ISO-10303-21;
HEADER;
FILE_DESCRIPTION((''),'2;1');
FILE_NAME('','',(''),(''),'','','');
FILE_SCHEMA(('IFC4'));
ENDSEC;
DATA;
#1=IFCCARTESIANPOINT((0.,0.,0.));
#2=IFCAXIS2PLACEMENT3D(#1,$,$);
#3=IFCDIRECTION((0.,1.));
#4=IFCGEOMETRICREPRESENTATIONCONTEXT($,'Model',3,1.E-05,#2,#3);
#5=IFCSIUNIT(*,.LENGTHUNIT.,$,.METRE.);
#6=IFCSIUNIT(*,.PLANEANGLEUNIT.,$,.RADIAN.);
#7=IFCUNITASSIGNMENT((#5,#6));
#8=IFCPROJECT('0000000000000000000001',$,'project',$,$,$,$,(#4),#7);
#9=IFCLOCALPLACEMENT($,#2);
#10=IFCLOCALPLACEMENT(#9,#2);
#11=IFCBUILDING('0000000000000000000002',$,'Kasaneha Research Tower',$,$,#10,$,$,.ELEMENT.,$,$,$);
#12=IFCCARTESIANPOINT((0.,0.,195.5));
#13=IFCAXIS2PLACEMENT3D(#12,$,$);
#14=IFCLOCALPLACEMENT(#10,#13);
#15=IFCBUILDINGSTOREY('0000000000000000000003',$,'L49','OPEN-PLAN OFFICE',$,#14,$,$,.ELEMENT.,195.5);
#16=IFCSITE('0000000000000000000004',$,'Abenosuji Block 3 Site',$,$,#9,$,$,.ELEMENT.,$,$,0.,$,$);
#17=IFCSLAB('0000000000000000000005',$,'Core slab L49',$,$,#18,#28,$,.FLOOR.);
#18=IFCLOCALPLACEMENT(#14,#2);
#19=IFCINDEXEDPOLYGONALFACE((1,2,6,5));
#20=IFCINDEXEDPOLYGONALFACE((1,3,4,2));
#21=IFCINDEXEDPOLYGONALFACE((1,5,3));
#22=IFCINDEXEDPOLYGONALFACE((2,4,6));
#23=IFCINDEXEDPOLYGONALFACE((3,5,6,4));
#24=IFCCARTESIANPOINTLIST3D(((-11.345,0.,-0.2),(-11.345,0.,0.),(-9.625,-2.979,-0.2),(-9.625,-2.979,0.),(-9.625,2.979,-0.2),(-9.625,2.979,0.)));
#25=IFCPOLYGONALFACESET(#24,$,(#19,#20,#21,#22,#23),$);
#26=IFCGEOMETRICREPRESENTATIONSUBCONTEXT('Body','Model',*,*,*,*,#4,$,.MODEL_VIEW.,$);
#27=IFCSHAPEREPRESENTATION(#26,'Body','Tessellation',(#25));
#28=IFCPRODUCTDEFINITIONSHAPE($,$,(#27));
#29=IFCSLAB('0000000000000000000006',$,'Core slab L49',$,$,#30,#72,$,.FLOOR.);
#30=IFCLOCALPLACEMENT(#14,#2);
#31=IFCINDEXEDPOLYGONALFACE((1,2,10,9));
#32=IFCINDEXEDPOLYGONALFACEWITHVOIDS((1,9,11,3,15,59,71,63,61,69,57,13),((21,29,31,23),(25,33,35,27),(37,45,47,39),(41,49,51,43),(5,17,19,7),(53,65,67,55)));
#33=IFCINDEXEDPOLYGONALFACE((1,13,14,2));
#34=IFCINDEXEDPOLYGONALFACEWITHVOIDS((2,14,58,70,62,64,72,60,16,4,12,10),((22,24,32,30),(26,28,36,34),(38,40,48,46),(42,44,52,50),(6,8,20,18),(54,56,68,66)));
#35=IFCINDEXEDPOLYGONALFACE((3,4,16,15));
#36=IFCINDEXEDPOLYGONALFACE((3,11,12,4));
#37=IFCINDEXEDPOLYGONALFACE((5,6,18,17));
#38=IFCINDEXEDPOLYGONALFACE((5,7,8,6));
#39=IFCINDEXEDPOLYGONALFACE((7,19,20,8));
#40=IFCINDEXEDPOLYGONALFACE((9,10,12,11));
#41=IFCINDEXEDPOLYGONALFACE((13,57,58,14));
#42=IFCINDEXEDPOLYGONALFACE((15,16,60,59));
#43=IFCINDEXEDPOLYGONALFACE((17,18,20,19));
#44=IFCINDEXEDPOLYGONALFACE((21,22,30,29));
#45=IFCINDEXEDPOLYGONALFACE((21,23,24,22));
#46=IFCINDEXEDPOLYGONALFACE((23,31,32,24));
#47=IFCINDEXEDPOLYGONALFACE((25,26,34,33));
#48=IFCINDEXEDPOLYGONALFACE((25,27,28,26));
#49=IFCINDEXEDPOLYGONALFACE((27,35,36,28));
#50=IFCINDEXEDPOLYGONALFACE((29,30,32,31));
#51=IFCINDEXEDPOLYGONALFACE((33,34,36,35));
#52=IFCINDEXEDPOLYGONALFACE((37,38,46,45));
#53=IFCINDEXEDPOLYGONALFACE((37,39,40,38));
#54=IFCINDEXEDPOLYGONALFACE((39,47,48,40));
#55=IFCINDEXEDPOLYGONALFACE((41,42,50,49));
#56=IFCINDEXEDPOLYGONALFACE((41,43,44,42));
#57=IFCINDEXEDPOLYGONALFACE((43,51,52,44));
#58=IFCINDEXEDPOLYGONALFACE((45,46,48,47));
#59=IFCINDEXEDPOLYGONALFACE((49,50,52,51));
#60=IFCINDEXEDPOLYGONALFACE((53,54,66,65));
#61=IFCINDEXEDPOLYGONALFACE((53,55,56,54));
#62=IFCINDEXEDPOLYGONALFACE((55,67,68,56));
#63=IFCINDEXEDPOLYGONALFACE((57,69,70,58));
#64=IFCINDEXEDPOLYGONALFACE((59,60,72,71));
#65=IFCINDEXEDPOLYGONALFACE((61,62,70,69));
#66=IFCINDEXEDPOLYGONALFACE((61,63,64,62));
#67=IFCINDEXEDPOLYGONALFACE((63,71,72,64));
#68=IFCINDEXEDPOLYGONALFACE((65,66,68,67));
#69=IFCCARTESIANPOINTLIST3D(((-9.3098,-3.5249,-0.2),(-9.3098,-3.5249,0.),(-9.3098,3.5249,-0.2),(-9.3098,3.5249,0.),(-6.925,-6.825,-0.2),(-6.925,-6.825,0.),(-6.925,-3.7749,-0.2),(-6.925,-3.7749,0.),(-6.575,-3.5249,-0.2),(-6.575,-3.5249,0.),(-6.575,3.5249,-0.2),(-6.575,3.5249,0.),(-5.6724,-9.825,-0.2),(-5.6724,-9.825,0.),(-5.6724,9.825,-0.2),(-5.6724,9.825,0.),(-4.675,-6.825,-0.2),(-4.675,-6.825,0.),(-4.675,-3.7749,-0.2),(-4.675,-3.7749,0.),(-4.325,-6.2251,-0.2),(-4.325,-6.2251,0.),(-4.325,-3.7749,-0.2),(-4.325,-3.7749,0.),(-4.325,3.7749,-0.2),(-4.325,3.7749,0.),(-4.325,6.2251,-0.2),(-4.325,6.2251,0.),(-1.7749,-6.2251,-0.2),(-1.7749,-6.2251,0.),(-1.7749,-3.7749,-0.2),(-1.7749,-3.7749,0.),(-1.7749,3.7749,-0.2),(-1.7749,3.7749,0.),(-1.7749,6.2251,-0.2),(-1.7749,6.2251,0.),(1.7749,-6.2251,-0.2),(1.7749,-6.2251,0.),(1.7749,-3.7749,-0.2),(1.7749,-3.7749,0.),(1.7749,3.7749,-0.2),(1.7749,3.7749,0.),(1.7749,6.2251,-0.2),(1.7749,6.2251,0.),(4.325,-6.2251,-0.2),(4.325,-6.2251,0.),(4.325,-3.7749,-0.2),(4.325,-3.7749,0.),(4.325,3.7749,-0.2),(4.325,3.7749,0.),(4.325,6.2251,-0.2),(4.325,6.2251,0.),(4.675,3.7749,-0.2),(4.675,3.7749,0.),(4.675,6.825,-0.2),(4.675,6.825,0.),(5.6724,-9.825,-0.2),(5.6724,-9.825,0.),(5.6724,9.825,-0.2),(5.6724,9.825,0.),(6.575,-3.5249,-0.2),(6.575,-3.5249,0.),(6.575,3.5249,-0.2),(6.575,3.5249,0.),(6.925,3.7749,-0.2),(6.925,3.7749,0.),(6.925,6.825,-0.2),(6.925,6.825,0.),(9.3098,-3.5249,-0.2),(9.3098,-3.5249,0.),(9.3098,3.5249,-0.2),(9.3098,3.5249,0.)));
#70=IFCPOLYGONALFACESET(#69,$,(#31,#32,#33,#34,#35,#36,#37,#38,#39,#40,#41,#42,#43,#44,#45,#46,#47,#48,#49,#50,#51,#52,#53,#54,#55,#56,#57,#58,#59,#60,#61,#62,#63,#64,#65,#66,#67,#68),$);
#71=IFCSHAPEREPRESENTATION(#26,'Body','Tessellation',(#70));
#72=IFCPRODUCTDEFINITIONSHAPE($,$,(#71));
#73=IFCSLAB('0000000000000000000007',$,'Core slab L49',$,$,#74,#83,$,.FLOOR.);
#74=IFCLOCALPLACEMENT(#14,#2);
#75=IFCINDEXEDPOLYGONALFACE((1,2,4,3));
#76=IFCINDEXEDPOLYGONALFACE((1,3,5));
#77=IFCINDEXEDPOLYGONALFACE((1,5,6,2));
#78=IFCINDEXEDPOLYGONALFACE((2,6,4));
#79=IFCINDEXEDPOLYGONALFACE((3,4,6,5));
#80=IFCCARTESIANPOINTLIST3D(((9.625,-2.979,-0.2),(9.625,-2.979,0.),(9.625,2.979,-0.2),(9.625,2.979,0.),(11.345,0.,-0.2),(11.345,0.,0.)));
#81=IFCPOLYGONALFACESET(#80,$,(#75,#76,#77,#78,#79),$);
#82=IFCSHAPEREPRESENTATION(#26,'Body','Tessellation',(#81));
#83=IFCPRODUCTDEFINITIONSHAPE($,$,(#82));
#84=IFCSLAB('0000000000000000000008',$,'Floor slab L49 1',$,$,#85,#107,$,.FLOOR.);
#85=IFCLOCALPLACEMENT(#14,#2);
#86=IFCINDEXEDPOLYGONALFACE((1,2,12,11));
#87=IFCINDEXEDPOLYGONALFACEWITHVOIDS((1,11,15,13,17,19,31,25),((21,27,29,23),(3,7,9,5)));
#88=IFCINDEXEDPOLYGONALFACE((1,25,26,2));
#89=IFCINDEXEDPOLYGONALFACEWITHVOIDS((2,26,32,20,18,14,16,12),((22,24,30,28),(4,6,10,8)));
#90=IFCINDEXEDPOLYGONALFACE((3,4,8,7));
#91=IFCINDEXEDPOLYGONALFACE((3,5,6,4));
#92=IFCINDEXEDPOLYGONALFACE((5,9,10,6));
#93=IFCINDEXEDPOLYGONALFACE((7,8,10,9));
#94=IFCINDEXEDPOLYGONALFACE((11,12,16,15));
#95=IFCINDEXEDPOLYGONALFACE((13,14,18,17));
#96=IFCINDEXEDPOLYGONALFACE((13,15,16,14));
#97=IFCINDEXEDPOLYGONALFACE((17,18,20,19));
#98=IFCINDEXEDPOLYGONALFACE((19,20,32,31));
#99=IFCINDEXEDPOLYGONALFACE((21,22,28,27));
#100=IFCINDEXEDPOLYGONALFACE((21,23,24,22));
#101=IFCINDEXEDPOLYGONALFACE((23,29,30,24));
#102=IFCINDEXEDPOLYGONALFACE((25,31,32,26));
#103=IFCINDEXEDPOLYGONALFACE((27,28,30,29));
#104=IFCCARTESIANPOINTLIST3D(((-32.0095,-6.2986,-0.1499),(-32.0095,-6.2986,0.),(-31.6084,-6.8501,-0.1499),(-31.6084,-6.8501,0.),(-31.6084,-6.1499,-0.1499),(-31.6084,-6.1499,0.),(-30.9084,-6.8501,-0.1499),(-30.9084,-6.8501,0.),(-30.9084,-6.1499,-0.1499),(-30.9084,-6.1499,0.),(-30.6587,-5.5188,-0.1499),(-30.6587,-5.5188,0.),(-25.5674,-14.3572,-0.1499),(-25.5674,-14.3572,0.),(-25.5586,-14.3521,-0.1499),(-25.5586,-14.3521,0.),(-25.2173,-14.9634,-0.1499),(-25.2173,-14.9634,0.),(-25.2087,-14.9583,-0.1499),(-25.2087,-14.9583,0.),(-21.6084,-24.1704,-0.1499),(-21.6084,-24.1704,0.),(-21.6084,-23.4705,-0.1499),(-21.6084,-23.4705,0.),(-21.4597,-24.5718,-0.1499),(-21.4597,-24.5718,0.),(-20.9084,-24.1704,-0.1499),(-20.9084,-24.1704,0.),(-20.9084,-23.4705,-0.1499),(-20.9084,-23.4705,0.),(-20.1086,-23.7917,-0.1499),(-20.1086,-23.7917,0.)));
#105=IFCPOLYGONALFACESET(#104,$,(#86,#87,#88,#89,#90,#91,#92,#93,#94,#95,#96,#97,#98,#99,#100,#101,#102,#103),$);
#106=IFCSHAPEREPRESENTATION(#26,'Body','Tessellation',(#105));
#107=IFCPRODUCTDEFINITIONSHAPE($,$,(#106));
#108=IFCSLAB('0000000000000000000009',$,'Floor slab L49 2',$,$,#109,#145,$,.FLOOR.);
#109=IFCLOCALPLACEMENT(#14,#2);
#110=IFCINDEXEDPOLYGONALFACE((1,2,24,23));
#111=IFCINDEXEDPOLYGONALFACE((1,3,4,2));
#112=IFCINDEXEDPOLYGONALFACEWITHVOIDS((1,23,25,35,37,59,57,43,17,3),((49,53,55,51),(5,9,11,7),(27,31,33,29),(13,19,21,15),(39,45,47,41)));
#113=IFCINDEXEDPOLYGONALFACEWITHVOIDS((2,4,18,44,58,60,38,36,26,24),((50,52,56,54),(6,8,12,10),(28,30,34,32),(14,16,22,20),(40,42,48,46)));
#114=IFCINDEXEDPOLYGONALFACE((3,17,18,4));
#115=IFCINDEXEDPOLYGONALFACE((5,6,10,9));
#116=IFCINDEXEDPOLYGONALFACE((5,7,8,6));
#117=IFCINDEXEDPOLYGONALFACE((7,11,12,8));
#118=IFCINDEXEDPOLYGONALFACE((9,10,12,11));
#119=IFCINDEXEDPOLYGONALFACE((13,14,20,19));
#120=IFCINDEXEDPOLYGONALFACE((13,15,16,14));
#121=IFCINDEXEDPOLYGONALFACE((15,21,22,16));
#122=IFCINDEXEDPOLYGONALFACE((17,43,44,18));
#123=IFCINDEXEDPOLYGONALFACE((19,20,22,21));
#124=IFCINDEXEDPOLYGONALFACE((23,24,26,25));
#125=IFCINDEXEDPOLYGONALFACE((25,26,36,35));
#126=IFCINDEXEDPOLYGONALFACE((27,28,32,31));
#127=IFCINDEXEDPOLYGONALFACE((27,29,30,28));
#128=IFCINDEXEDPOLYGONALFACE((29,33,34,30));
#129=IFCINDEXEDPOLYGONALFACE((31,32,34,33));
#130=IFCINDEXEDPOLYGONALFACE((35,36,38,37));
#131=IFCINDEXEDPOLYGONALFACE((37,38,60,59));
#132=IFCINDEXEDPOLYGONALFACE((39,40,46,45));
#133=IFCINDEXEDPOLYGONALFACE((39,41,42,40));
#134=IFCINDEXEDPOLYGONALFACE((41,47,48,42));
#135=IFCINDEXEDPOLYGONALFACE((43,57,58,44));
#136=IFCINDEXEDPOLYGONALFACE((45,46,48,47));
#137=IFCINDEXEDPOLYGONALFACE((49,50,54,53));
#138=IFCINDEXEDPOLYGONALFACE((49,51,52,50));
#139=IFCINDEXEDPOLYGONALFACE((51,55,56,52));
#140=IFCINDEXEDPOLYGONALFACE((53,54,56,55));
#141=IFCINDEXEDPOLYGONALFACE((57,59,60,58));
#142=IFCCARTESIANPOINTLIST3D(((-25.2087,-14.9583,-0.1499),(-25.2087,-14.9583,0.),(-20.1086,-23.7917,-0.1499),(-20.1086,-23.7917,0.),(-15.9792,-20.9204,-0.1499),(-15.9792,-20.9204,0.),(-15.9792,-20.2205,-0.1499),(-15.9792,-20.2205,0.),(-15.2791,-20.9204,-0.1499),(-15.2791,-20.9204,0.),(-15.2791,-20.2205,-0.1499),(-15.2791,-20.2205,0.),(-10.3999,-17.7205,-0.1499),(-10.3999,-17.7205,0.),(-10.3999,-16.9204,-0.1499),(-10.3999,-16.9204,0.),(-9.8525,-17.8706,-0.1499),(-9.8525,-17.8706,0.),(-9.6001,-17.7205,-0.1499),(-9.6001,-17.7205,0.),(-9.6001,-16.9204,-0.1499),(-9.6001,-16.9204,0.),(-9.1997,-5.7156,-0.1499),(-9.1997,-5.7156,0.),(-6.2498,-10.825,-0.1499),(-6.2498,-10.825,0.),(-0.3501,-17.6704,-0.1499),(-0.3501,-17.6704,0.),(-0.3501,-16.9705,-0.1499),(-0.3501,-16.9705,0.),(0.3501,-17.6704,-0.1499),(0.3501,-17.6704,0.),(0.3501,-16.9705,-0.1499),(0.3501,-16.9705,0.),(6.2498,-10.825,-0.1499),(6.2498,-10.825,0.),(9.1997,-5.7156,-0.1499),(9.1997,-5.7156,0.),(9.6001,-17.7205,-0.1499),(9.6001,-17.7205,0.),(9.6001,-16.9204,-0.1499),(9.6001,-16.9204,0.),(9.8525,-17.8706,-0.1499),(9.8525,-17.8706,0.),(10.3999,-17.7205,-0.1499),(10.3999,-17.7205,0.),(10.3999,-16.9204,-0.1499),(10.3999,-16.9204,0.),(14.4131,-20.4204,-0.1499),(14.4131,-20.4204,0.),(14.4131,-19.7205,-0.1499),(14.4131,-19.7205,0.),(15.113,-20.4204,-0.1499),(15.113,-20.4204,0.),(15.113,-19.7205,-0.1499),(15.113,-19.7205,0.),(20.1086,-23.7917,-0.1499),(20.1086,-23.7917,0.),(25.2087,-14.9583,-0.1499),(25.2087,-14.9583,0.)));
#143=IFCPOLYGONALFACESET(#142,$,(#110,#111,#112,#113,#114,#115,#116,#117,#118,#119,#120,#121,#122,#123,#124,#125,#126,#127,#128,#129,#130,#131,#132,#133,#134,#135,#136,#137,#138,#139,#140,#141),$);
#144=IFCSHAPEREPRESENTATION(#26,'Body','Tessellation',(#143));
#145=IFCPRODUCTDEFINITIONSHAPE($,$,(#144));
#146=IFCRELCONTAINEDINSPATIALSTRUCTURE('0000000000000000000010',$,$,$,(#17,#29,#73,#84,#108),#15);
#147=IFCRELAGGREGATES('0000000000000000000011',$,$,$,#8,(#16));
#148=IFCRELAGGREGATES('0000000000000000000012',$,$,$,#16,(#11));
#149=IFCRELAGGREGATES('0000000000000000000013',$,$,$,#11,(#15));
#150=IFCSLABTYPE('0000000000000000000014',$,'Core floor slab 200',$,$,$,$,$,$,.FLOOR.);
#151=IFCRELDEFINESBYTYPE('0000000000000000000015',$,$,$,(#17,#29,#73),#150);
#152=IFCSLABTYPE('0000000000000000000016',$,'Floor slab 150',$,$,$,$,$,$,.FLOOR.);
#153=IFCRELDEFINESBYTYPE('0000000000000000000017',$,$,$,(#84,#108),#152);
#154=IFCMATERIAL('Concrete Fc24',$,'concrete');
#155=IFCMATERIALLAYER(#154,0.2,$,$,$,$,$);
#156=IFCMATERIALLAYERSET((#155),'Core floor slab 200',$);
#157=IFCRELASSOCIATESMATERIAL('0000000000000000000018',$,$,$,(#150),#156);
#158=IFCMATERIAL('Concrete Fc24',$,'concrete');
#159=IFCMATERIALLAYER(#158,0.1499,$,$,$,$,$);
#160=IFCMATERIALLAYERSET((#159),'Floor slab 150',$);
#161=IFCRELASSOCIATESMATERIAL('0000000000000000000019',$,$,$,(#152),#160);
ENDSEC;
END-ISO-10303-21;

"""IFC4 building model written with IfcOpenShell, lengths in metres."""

from ifc_helpers import new_model, si_unit, direction, frame, origin, place, context, subcontext, project, spatial, polyline, outline, extrude, material, layer, layer_set, type_object, element, save


model = new_model("IFC4")

# Units and contexts
model_context = context("Model", 3, precision=1e-05, world=origin(), true_north=direction((0.0, 1.0)))
body_context = subcontext(model_context, "Body", "Model", "MODEL_VIEW")
ifc_project = project(units=[si_unit("LENGTHUNIT", "METRE"), si_unit("PLANEANGLEUNIT", "RADIAN")], contexts=[model_context])

# Site, building, storey
site_placement = place(None, origin())
site = spatial("IfcSite", under=ifc_project, at=site_placement, Name="Abenosuji Block 3 Site", CompositionType="ELEMENT", RefElevation=0.0)
building_placement = place(site_placement, origin())
building = spatial("IfcBuilding", under=site, at=building_placement, Name="Kasaneha Research Tower", CompositionType="ELEMENT")
storey_placement = place(building_placement, frame((0.0, 0.0, 195.5)))
storey = spatial("IfcBuildingStorey", under=building, at=storey_placement, Name="L49", Description="OPEN-PLAN OFFICE", CompositionType="ELEMENT", Elevation=195.5)

# Slabs
ifc_material_1 = material(Name="Concrete Fc24", Category="concrete")
ifc_layer_1 = layer(ifc_material_1, 0.2)
ifc_layer_set_1 = layer_set([ifc_layer_1], Name="Core floor slab 200")
slab_type_1 = type_object("IfcSlabType", Name="Core floor slab 200", PredefinedType="FLOOR", material=ifc_layer_set_1)
slab_1_placement = place(storey_placement, frame((0.0, 0.0, -0.2)))
element("IfcSlab", 1, at=slab_1_placement, inside=storey, type_object=slab_type_1, Name="Core slab L49", PredefinedType="FLOOR", context=body_context, shape_type="SweptSolid", body=[
    extrude(outline(polyline([(-11.345, 0.0), (-9.625, 2.979), (-9.625, -2.979), (-11.345, 0.0)])), origin(), (0.0, 0.0, 1.0), 0.2),
])
slab_2_placement = place(storey_placement, frame((0.0, 0.0, -0.2)))
element("IfcSlab", 2, at=slab_2_placement, inside=storey, type_object=slab_type_1, Name="Core slab L49", PredefinedType="FLOOR", context=body_context, shape_type="SweptSolid", body=[
    extrude(outline(polyline([(-5.6724, 9.825), (5.6724, 9.825), (9.3098, 3.5249), (6.575, 3.5249), (6.575, -3.5249), (9.3098, -3.5249), (5.6724, -9.825), (-5.6724, -9.825), (-9.3098, -3.5249), (-6.575, -3.5249), (-6.575, 3.5249), (-9.3098, 3.5249), (-5.6724, 9.825)]), holes=[polyline([(-6.925, -3.7749), (-6.925, -6.825), (-4.675, -6.825), (-4.675, -3.7749), (-6.925, -3.7749)]), polyline([(-4.325, -3.7749), (-4.325, -6.2251), (-1.7749, -6.2251), (-1.7749, -3.7749), (-4.325, -3.7749)]), polyline([(1.7749, -3.7749), (1.7749, -6.2251), (4.325, -6.2251), (4.325, -3.7749), (1.7749, -3.7749)]), polyline([(-4.325, 6.2251), (-4.325, 3.7749), (-1.7749, 3.7749), (-1.7749, 6.2251), (-4.325, 6.2251)]), polyline([(1.7749, 6.2251), (1.7749, 3.7749), (4.325, 3.7749), (4.325, 6.2251), (1.7749, 6.2251)]), polyline([(4.675, 6.825), (4.675, 3.7749), (6.925, 3.7749), (6.925, 6.825), (4.675, 6.825)])]), origin(), (0.0, 0.0, 1.0), 0.2),
])
slab_3_placement = place(storey_placement, frame((0.0, 0.0, -0.2)))
element("IfcSlab", 3, at=slab_3_placement, inside=storey, type_object=slab_type_1, Name="Core slab L49", PredefinedType="FLOOR", context=body_context, shape_type="SweptSolid", body=[
    extrude(outline(polyline([(11.345, 0.0), (9.625, -2.979), (9.625, 2.979), (11.345, 0.0)])), origin(), (0.0, 0.0, 1.0), 0.2),
])
ifc_material_2 = material(Name="Concrete Fc24", Category="concrete")
ifc_layer_2 = layer(ifc_material_2, 0.1499)
ifc_layer_set_2 = layer_set([ifc_layer_2], Name="Floor slab 150")
slab_type_2 = type_object("IfcSlabType", Name="Floor slab 150", PredefinedType="FLOOR", material=ifc_layer_set_2)
slab_4_placement = place(storey_placement, frame((0.0, 0.0, -0.1499)))
element("IfcSlab", 4, at=slab_4_placement, inside=storey, type_object=slab_type_2, Name="Floor slab L49 1", PredefinedType="FLOOR", context=body_context, shape_type="SweptSolid", body=[
    extrude(outline(polyline([(-32.0095, -6.2986), (-30.6587, -5.5188), (-25.5586, -14.3521), (-25.5674, -14.3572), (-25.2173, -14.9634), (-25.2087, -14.9583), (-20.1086, -23.7917), (-21.4597, -24.5718), (-32.0095, -6.2986)]), holes=[polyline([(-20.9084, -24.1704), (-20.9084, -23.4705), (-21.6084, -23.4705), (-21.6084, -24.1704), (-20.9084, -24.1704)]), polyline([(-30.9084, -6.8501), (-30.9084, -6.1499), (-31.6084, -6.1499), (-31.6084, -6.8501), (-30.9084, -6.8501)])]), origin(), (0.0, 0.0, 1.0), 0.1499),
])
slab_5_placement = place(storey_placement, frame((0.0, 0.0, -0.1499)))
element("IfcSlab", 5, at=slab_5_placement, inside=storey, type_object=slab_type_2, Name="Floor slab L49 2", PredefinedType="FLOOR", context=body_context, shape_type="SweptSolid", body=[
    extrude(outline(polyline([(9.8525, -17.8706), (-9.8525, -17.8706), (-20.1086, -23.7917), (-25.2087, -14.9583), (-9.1997, -5.7156), (-6.2498, -10.825), (6.2498, -10.825), (9.1997, -5.7156), (25.2087, -14.9583), (20.1086, -23.7917), (9.8525, -17.8706)]), holes=[polyline([(-15.2791, -20.9204), (-15.2791, -20.2205), (-15.9792, -20.2205), (-15.9792, -20.9204), (-15.2791, -20.9204)]), polyline([(0.3501, -17.6704), (0.3501, -16.9705), (-0.3501, -16.9705), (-0.3501, -17.6704), (0.3501, -17.6704)]), polyline([(-10.3999, -17.7205), (-9.6001, -17.7205), (-9.6001, -16.9204), (-10.3999, -16.9204), (-10.3999, -17.7205)]), polyline([(15.113, -20.4204), (15.113, -19.7205), (14.4131, -19.7205), (14.4131, -20.4204), (15.113, -20.4204)]), polyline([(9.6001, -17.7205), (10.3999, -17.7205), (10.3999, -16.9204), (9.6001, -16.9204), (9.6001, -17.7205)])]), origin(), (0.0, 0.0, 1.0), 0.1499),
])

save(model, "model.ifc")
